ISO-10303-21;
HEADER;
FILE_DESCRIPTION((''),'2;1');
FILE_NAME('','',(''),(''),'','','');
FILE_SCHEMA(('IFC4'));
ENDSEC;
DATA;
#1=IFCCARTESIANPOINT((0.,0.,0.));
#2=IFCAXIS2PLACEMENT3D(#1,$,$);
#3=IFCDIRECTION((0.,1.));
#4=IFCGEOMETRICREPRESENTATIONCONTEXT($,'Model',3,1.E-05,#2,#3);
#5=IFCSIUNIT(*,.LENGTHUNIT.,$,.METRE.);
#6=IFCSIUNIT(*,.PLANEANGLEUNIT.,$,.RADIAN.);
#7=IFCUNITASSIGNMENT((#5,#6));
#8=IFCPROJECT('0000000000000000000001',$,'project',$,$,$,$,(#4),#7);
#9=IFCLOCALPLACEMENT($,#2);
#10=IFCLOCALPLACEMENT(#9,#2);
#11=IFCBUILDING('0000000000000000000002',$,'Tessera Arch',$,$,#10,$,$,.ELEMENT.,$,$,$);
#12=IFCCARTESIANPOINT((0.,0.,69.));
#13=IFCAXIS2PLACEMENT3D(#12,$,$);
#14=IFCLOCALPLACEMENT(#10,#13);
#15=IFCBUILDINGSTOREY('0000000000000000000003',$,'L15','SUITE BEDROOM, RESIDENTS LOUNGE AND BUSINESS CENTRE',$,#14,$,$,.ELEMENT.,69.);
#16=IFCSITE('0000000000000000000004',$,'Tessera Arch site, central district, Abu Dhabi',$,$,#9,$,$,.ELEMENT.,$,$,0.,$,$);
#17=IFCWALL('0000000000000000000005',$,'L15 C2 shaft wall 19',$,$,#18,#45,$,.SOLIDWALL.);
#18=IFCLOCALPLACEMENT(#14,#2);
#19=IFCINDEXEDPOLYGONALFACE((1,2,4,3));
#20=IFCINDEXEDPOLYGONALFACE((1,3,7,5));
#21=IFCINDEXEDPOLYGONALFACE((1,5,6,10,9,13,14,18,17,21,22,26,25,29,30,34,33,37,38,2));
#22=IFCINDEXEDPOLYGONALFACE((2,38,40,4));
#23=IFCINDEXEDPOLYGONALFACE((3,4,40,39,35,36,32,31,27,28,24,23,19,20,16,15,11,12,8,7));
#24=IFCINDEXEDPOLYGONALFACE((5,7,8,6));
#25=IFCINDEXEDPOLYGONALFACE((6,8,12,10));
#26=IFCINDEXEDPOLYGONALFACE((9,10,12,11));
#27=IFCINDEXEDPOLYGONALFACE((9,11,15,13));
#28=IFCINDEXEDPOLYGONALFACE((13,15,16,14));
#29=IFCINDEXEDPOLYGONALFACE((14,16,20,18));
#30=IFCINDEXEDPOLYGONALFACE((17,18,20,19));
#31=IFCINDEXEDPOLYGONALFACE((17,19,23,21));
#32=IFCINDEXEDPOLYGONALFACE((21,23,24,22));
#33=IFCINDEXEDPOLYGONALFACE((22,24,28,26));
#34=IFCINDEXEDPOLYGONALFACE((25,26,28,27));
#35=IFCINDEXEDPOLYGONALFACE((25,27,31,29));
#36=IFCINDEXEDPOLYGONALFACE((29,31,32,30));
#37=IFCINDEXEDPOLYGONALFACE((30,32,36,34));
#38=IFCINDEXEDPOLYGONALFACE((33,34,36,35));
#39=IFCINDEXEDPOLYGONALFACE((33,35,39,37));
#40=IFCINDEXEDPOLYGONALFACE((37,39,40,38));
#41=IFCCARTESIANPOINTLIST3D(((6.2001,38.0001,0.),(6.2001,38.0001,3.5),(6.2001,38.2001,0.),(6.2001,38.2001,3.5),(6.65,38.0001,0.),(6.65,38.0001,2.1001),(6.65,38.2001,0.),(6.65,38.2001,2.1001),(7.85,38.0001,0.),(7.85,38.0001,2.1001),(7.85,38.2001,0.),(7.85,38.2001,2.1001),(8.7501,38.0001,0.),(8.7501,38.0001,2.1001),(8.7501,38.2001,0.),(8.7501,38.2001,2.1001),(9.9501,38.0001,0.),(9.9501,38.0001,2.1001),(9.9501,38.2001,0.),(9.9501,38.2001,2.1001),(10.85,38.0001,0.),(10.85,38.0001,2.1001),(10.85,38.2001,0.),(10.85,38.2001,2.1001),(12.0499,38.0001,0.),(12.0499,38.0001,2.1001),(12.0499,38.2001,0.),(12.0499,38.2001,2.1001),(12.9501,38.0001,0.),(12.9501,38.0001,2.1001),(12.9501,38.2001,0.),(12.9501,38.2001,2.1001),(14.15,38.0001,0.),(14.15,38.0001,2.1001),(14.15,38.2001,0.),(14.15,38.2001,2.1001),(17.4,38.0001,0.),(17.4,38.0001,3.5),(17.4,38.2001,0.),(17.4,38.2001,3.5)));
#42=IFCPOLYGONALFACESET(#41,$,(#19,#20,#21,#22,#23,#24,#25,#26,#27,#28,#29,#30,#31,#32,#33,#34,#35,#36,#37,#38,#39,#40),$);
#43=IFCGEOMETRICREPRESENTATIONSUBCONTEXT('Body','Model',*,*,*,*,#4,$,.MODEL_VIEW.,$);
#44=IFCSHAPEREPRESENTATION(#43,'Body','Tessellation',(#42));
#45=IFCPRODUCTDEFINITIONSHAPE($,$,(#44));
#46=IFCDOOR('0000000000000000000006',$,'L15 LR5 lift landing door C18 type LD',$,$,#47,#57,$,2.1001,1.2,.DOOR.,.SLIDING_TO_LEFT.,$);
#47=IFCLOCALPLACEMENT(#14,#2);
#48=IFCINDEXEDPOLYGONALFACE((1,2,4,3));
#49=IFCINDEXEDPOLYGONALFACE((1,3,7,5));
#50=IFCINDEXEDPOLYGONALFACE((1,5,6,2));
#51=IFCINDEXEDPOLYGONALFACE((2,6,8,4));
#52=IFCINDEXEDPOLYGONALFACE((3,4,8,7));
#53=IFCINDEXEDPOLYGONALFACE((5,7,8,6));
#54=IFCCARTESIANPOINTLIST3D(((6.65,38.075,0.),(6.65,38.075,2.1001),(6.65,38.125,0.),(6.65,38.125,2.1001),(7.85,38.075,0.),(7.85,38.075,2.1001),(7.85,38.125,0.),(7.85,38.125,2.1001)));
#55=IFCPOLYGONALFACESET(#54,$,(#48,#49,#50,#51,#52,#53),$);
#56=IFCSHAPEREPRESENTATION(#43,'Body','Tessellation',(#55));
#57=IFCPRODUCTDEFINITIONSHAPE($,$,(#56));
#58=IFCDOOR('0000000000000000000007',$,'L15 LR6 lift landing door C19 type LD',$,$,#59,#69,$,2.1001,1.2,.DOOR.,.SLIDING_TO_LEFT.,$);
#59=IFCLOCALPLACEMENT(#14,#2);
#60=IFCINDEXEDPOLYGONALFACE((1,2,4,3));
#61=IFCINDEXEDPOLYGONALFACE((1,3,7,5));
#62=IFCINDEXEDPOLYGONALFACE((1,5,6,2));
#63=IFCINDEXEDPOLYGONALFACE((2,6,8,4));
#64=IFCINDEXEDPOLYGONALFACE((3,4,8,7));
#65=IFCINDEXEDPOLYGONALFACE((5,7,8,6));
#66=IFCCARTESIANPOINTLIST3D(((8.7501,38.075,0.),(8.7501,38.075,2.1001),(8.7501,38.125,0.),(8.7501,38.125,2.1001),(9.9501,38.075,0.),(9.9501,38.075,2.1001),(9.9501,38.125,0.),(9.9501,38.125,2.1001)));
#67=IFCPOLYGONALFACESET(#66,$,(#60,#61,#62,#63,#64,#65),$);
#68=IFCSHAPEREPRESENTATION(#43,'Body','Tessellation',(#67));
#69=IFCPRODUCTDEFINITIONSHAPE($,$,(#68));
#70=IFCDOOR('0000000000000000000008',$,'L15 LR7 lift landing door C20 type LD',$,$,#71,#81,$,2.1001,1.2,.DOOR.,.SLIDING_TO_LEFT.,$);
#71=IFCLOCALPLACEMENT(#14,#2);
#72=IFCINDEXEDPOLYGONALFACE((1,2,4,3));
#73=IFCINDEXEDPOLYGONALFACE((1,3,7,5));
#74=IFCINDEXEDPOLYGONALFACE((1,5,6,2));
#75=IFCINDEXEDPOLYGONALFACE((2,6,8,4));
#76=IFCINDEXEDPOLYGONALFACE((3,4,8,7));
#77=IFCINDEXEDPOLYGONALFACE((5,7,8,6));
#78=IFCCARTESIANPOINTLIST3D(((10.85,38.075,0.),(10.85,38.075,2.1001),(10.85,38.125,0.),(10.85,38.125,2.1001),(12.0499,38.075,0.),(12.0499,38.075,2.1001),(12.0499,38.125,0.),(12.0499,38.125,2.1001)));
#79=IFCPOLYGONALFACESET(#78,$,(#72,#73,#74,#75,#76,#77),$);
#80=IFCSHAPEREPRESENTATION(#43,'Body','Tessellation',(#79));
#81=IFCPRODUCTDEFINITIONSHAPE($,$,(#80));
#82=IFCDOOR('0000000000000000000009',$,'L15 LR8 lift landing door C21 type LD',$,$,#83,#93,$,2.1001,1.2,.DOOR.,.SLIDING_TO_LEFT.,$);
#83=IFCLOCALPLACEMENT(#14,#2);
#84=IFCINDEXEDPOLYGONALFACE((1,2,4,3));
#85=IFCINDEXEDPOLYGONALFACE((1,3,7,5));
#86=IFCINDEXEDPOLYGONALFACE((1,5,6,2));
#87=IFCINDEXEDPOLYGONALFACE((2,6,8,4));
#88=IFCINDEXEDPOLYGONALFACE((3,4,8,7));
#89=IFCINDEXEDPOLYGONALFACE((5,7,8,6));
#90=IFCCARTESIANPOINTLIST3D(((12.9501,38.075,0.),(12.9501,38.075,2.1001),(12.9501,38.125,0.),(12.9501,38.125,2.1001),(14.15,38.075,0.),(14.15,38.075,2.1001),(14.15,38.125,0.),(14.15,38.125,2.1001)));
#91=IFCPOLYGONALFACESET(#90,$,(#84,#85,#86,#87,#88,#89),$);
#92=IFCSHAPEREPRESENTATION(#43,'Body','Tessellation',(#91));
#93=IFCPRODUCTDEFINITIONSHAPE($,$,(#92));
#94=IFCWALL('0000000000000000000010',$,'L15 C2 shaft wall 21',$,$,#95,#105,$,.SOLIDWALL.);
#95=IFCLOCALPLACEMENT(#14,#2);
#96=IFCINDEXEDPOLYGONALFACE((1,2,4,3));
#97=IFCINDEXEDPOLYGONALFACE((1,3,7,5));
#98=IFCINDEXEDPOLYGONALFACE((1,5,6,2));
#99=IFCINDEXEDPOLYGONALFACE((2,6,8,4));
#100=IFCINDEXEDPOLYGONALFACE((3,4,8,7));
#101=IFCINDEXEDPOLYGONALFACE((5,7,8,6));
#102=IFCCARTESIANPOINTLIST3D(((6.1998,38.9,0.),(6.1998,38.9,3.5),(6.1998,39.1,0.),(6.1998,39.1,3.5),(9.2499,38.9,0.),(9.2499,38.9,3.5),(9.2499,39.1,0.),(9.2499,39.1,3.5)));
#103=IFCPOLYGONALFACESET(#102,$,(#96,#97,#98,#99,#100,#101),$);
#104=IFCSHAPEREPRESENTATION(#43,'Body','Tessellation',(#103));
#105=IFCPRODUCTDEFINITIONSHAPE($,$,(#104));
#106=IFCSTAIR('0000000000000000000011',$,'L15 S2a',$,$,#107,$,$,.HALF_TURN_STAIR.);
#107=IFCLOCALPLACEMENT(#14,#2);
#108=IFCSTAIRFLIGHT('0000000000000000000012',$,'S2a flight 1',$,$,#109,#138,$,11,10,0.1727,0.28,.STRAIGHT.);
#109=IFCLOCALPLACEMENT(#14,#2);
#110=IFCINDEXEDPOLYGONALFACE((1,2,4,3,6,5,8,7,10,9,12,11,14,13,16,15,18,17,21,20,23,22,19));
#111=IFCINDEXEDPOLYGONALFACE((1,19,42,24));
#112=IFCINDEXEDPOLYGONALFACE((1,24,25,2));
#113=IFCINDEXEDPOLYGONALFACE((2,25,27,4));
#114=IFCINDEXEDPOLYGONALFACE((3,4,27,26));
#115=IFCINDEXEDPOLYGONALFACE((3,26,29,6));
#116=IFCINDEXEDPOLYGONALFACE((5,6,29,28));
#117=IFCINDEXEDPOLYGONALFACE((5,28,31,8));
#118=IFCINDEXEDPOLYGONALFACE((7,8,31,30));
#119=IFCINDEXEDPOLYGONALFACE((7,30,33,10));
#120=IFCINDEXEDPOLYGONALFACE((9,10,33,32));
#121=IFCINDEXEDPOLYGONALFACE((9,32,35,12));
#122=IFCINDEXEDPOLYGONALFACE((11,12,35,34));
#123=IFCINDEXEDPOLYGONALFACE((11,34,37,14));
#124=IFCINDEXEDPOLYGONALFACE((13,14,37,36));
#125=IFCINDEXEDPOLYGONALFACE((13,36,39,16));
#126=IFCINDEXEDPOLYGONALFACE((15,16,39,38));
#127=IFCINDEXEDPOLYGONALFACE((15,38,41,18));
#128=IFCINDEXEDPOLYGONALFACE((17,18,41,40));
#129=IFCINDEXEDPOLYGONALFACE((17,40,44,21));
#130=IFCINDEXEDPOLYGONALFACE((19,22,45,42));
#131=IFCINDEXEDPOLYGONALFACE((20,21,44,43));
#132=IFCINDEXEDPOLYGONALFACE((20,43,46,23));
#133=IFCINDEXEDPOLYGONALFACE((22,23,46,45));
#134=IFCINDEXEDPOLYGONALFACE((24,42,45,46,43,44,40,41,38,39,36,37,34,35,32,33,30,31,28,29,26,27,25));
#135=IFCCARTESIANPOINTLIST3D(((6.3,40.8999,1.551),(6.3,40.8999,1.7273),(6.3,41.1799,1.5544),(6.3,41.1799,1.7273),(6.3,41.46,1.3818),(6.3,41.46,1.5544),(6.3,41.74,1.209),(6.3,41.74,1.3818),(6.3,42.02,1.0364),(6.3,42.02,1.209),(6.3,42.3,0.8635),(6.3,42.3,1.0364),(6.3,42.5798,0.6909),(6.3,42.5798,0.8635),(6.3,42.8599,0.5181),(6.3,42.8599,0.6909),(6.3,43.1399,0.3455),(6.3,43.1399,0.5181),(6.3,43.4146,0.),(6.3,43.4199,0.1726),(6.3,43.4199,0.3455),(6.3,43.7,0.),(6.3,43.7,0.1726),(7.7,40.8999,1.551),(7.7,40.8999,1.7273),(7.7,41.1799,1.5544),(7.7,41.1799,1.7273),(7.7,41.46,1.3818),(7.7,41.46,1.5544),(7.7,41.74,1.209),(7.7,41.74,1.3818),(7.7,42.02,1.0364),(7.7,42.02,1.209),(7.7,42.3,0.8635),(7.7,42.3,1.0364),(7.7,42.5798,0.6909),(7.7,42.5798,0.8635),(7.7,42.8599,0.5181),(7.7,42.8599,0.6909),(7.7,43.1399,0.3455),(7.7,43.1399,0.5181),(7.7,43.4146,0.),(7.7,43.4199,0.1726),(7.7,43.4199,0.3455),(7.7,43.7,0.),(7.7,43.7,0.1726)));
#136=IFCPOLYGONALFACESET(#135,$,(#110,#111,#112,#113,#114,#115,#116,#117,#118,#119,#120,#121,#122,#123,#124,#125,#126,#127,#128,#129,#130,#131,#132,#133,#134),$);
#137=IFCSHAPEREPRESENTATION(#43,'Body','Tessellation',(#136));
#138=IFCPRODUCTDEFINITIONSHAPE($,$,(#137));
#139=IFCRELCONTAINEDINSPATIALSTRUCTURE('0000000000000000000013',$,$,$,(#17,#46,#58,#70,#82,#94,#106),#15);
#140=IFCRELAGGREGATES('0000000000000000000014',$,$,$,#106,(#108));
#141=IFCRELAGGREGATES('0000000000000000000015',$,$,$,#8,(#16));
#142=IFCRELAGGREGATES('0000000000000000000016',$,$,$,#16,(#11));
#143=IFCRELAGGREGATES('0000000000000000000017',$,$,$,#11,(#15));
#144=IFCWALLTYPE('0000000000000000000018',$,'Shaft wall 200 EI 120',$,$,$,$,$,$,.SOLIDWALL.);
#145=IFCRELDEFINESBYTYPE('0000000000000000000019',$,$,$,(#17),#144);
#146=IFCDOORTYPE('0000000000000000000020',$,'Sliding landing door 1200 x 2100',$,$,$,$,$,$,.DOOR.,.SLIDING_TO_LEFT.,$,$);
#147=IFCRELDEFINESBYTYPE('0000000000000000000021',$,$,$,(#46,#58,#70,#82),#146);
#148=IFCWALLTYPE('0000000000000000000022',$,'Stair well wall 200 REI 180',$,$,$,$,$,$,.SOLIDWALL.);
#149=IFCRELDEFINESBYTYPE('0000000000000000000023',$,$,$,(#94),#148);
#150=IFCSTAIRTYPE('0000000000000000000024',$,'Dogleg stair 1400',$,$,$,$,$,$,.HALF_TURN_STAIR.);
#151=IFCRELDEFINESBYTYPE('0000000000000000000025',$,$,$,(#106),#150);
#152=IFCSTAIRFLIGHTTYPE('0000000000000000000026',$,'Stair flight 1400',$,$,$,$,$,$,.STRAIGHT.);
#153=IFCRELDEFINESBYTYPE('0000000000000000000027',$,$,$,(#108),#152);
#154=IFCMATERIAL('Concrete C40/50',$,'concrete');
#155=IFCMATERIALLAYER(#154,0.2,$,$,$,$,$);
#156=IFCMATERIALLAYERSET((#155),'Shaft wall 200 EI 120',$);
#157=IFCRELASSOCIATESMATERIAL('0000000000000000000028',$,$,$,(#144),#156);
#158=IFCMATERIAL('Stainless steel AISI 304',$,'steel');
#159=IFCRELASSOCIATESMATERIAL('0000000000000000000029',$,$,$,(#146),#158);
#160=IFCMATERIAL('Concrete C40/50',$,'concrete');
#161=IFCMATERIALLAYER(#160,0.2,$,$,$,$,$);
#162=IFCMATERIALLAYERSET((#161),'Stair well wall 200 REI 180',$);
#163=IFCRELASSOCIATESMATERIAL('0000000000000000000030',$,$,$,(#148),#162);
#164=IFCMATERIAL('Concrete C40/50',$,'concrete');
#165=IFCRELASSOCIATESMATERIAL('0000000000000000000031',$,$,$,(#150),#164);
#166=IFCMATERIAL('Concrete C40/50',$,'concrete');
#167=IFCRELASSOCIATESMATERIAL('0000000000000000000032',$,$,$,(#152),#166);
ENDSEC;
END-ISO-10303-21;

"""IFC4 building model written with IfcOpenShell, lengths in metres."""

from ifc_helpers import new_model, si_unit, direction, frame, frame_2d, origin, place, context, subcontext, project, spatial, polyline, rectangle, outline, extrude, material, layer, layer_set, type_object, element, fill, aggregate, save


model = new_model("IFC4")

# Units and contexts
model_context = context("Model", 3, precision=1e-05, world=origin(), true_north=direction((0.0, 1.0)))
body_context = subcontext(model_context, "Body", "Model", "MODEL_VIEW")
ifc_project = project(units=[si_unit("LENGTHUNIT", "METRE"), si_unit("PLANEANGLEUNIT", "RADIAN")], contexts=[model_context])

# Site, building, storey
site_placement = place(None, origin())
site = spatial("IfcSite", under=ifc_project, at=site_placement, Name="Tessera Arch site, central district, Abu Dhabi", CompositionType="ELEMENT", RefElevation=0.0)
building_placement = place(site_placement, origin())
building = spatial("IfcBuilding", under=site, at=building_placement, Name="Tessera Arch", CompositionType="ELEMENT")
storey_placement = place(building_placement, frame((0.0, 0.0, 69.0)))
storey = spatial("IfcBuildingStorey", under=building, at=storey_placement, Name="L15", Description="SUITE BEDROOM, RESIDENTS LOUNGE AND BUSINESS CENTRE", CompositionType="ELEMENT", Elevation=69.0)

# Wall, openings, doors
ifc_material_1 = material(Name="Concrete C40/50", Category="concrete")
ifc_layer_1 = layer(ifc_material_1, 0.2)
ifc_layer_set_1 = layer_set([ifc_layer_1], Name="Shaft wall 200 EI 120")
wall_type_1 = type_object("IfcWallType", Name="Shaft wall 200 EI 120", PredefinedType="SOLIDWALL", material=ifc_layer_set_1)
wall_1_placement = place(storey_placement, frame((6.2, 38.1001, 0.0), z_axis=(0.0, 0.0, 1.0), x_axis=(1.0, 0.0, 0.0)))
wall_1 = element("IfcWall", 1, at=wall_1_placement, inside=storey, type_object=wall_type_1, Name="L15 C2 shaft wall 19", PredefinedType="SOLIDWALL", context=body_context, shape_type="SweptSolid", body=[
    extrude(rectangle(XDim=11.2, YDim=0.2, at=frame_2d((5.6001, 0.0))), origin(), (0.0, 0.0, 1.0), 3.5),
])
opening_1_placement = place(wall_1_placement, frame((0.45, 0.0, 0.0)))
opening_1 = element("IfcOpeningElement", 2, at=opening_1_placement, cuts=wall_1, PredefinedType="OPENING", context=body_context, shape_type="SweptSolid", body=[
    extrude(rectangle(XDim=1.2, YDim=2.1001, at=frame_2d((0.6001, 1.05))), frame((0.0, 0.1099, 0.0), z_axis=(0.0, -1.0, 0.0), x_axis=(1.0, 0.0, 0.0)), (0.0, 0.0, 1.0), 0.22),
])
opening_2_placement = place(wall_1_placement, frame((2.55, 0.0, 0.0)))
opening_2 = element("IfcOpeningElement", 3, at=opening_2_placement, cuts=wall_1, PredefinedType="OPENING", context=body_context, shape_type="SweptSolid", body=[
    extrude(rectangle(XDim=1.2, YDim=2.1001, at=frame_2d((0.6001, 1.05))), frame((0.0, 0.1099, 0.0), z_axis=(0.0, -1.0, 0.0), x_axis=(1.0, 0.0, 0.0)), (0.0, 0.0, 1.0), 0.22),
])
opening_3_placement = place(wall_1_placement, frame((4.6499, 0.0, 0.0)))
opening_3 = element("IfcOpeningElement", 4, at=opening_3_placement, cuts=wall_1, PredefinedType="OPENING", context=body_context, shape_type="SweptSolid", body=[
    extrude(rectangle(XDim=1.2, YDim=2.1001, at=frame_2d((0.6001, 1.05))), frame((0.0, 0.1099, 0.0), z_axis=(0.0, -1.0, 0.0), x_axis=(1.0, 0.0, 0.0)), (0.0, 0.0, 1.0), 0.22),
])
opening_4_placement = place(wall_1_placement, frame((6.75, 0.0, 0.0)))
opening_4 = element("IfcOpeningElement", 5, at=opening_4_placement, cuts=wall_1, PredefinedType="OPENING", context=body_context, shape_type="SweptSolid", body=[
    extrude(rectangle(XDim=1.2, YDim=2.1001, at=frame_2d((0.6001, 1.05))), frame((0.0, 0.1099, 0.0), z_axis=(0.0, -1.0, 0.0), x_axis=(1.0, 0.0, 0.0)), (0.0, 0.0, 1.0), 0.22),
])
ifc_material_2 = material(Name="Stainless steel AISI 304", Category="steel")
door_type = type_object("IfcDoorType", Name="Sliding landing door 1200 x 2100", OperationType="SLIDING_TO_LEFT", PredefinedType="DOOR", material=ifc_material_2)
door_1_placement = place(opening_1_placement, origin())
door_1 = element("IfcDoor", 6, at=door_1_placement, inside=storey, type_object=door_type, Name="L15 LR5 lift landing door C18 type LD", OperationType="SLIDING_TO_LEFT", OverallHeight=2.1001, OverallWidth=1.2, PredefinedType="DOOR", context=body_context, shape_type="SweptSolid", body=[
    extrude(rectangle(XDim=1.2, YDim=2.1001, at=frame_2d((0.6001, 1.05))), frame((0.0, 0.0249, 0.0), z_axis=(0.0, -1.0, 0.0), x_axis=(1.0, 0.0, 0.0)), (0.0, 0.0, 1.0), 0.05),
])
fill(opening_1, door_1)
door_2_placement = place(opening_2_placement, origin())
door_2 = element("IfcDoor", 7, at=door_2_placement, inside=storey, type_object=door_type, Name="L15 LR6 lift landing door C19 type LD", OperationType="SLIDING_TO_LEFT", OverallHeight=2.1001, OverallWidth=1.2, PredefinedType="DOOR", context=body_context, shape_type="SweptSolid", body=[
    extrude(rectangle(XDim=1.2, YDim=2.1001, at=frame_2d((0.6001, 1.05))), frame((0.0, 0.0249, 0.0), z_axis=(0.0, -1.0, 0.0), x_axis=(1.0, 0.0, 0.0)), (0.0, 0.0, 1.0), 0.05),
])
fill(opening_2, door_2)
door_3_placement = place(opening_3_placement, origin())
door_3 = element("IfcDoor", 8, at=door_3_placement, inside=storey, type_object=door_type, Name="L15 LR7 lift landing door C20 type LD", OperationType="SLIDING_TO_LEFT", OverallHeight=2.1001, OverallWidth=1.2, PredefinedType="DOOR", context=body_context, shape_type="SweptSolid", body=[
    extrude(rectangle(XDim=1.2, YDim=2.1001, at=frame_2d((0.6001, 1.05))), frame((0.0, 0.0249, 0.0), z_axis=(0.0, -1.0, 0.0), x_axis=(1.0, 0.0, 0.0)), (0.0, 0.0, 1.0), 0.05),
])
fill(opening_3, door_3)
door_4_placement = place(opening_4_placement, origin())
door_4 = element("IfcDoor", 9, at=door_4_placement, inside=storey, type_object=door_type, Name="L15 LR8 lift landing door C21 type LD", OperationType="SLIDING_TO_LEFT", OverallHeight=2.1001, OverallWidth=1.2, PredefinedType="DOOR", context=body_context, shape_type="SweptSolid", body=[
    extrude(rectangle(XDim=1.2, YDim=2.1001, at=frame_2d((0.6001, 1.05))), frame((0.0, 0.0249, 0.0), z_axis=(0.0, -1.0, 0.0), x_axis=(1.0, 0.0, 0.0)), (0.0, 0.0, 1.0), 0.05),
])
fill(opening_4, door_4)

# Wall
ifc_material_3 = material(Name="Concrete C40/50", Category="concrete")
ifc_layer_2 = layer(ifc_material_3, 0.2)
ifc_layer_set_2 = layer_set([ifc_layer_2], Name="Stair well wall 200 REI 180")
wall_type_2 = type_object("IfcWallType", Name="Stair well wall 200 REI 180", PredefinedType="SOLIDWALL", material=ifc_layer_set_2)
wall_2_placement = place(storey_placement, frame((6.2, 39.0, 0.0), z_axis=(0.0, 0.0, 1.0), x_axis=(1.0, 0.0, 0.0)))
element("IfcWall", 10, at=wall_2_placement, inside=storey, type_object=wall_type_2, Name="L15 C2 shaft wall 21", PredefinedType="SOLIDWALL", context=body_context, shape_type="SweptSolid", body=[
    extrude(rectangle(XDim=3.05, YDim=0.2, at=frame_2d((1.5249, 0.0))), origin(), (0.0, 0.0, 1.0), 3.5),
])

# Stair, stair flight
ifc_material_4 = material(Name="Concrete C40/50", Category="concrete")
stair_type = type_object("IfcStairType", Name="Dogleg stair 1400", PredefinedType="HALF_TURN_STAIR", material=ifc_material_4)
stair_placement = place(storey_placement, origin())
stair = element("IfcStair", 11, at=stair_placement, inside=storey, type_object=stair_type, Name="L15 S2a", PredefinedType="HALF_TURN_STAIR")
ifc_material_5 = material(Name="Concrete C40/50", Category="concrete")
stair_flight_type = type_object("IfcStairFlightType", Name="Stair flight 1400", PredefinedType="STRAIGHT", material=ifc_material_5)
stair_flight_placement = place(storey_placement, frame((7.0, 43.7, 0.0), z_axis=(0.0, 0.0, 1.0), x_axis=(0.0, -1.0, 0.0)))
stair_flight = element("IfcStairFlight", 12, at=stair_flight_placement, type_object=stair_flight_type, Name="S2a flight 1", NumberOfRisers=11, NumberOfTreads=10, PredefinedType="STRAIGHT", RiserHeight=0.1727, TreadLength=0.28, context=body_context, shape_type="SweptSolid", body=[
    extrude(outline(polyline([(0.0, 0.0), (0.0, 0.1726), (0.28, 0.1726), (0.28, 0.3455), (0.5601, 0.3455), (0.5601, 0.5181), (0.8401, 0.5181), (0.8401, 0.6909), (1.1201, 0.6909), (1.1201, 0.8635), (1.3999, 0.8635), (1.3999, 1.0364), (1.6799, 1.0364), (1.6799, 1.209), (1.96, 1.209), (1.96, 1.3818), (2.24, 1.3818), (2.24, 1.5544), (2.52, 1.5544), (2.52, 1.7273), (2.8, 1.7273), (2.8, 1.8999), (2.8, 1.551), (0.2854, 0.0), (0.0, 0.0)])), frame((0.0, 0.7, 0.0), z_axis=(0.0, -1.0, 0.0), x_axis=(1.0, 0.0, 0.0)), (0.0, 0.0, 1.0), 1.3999),
])
aggregate(stair, [stair_flight])

save(model, "model.ifc")
